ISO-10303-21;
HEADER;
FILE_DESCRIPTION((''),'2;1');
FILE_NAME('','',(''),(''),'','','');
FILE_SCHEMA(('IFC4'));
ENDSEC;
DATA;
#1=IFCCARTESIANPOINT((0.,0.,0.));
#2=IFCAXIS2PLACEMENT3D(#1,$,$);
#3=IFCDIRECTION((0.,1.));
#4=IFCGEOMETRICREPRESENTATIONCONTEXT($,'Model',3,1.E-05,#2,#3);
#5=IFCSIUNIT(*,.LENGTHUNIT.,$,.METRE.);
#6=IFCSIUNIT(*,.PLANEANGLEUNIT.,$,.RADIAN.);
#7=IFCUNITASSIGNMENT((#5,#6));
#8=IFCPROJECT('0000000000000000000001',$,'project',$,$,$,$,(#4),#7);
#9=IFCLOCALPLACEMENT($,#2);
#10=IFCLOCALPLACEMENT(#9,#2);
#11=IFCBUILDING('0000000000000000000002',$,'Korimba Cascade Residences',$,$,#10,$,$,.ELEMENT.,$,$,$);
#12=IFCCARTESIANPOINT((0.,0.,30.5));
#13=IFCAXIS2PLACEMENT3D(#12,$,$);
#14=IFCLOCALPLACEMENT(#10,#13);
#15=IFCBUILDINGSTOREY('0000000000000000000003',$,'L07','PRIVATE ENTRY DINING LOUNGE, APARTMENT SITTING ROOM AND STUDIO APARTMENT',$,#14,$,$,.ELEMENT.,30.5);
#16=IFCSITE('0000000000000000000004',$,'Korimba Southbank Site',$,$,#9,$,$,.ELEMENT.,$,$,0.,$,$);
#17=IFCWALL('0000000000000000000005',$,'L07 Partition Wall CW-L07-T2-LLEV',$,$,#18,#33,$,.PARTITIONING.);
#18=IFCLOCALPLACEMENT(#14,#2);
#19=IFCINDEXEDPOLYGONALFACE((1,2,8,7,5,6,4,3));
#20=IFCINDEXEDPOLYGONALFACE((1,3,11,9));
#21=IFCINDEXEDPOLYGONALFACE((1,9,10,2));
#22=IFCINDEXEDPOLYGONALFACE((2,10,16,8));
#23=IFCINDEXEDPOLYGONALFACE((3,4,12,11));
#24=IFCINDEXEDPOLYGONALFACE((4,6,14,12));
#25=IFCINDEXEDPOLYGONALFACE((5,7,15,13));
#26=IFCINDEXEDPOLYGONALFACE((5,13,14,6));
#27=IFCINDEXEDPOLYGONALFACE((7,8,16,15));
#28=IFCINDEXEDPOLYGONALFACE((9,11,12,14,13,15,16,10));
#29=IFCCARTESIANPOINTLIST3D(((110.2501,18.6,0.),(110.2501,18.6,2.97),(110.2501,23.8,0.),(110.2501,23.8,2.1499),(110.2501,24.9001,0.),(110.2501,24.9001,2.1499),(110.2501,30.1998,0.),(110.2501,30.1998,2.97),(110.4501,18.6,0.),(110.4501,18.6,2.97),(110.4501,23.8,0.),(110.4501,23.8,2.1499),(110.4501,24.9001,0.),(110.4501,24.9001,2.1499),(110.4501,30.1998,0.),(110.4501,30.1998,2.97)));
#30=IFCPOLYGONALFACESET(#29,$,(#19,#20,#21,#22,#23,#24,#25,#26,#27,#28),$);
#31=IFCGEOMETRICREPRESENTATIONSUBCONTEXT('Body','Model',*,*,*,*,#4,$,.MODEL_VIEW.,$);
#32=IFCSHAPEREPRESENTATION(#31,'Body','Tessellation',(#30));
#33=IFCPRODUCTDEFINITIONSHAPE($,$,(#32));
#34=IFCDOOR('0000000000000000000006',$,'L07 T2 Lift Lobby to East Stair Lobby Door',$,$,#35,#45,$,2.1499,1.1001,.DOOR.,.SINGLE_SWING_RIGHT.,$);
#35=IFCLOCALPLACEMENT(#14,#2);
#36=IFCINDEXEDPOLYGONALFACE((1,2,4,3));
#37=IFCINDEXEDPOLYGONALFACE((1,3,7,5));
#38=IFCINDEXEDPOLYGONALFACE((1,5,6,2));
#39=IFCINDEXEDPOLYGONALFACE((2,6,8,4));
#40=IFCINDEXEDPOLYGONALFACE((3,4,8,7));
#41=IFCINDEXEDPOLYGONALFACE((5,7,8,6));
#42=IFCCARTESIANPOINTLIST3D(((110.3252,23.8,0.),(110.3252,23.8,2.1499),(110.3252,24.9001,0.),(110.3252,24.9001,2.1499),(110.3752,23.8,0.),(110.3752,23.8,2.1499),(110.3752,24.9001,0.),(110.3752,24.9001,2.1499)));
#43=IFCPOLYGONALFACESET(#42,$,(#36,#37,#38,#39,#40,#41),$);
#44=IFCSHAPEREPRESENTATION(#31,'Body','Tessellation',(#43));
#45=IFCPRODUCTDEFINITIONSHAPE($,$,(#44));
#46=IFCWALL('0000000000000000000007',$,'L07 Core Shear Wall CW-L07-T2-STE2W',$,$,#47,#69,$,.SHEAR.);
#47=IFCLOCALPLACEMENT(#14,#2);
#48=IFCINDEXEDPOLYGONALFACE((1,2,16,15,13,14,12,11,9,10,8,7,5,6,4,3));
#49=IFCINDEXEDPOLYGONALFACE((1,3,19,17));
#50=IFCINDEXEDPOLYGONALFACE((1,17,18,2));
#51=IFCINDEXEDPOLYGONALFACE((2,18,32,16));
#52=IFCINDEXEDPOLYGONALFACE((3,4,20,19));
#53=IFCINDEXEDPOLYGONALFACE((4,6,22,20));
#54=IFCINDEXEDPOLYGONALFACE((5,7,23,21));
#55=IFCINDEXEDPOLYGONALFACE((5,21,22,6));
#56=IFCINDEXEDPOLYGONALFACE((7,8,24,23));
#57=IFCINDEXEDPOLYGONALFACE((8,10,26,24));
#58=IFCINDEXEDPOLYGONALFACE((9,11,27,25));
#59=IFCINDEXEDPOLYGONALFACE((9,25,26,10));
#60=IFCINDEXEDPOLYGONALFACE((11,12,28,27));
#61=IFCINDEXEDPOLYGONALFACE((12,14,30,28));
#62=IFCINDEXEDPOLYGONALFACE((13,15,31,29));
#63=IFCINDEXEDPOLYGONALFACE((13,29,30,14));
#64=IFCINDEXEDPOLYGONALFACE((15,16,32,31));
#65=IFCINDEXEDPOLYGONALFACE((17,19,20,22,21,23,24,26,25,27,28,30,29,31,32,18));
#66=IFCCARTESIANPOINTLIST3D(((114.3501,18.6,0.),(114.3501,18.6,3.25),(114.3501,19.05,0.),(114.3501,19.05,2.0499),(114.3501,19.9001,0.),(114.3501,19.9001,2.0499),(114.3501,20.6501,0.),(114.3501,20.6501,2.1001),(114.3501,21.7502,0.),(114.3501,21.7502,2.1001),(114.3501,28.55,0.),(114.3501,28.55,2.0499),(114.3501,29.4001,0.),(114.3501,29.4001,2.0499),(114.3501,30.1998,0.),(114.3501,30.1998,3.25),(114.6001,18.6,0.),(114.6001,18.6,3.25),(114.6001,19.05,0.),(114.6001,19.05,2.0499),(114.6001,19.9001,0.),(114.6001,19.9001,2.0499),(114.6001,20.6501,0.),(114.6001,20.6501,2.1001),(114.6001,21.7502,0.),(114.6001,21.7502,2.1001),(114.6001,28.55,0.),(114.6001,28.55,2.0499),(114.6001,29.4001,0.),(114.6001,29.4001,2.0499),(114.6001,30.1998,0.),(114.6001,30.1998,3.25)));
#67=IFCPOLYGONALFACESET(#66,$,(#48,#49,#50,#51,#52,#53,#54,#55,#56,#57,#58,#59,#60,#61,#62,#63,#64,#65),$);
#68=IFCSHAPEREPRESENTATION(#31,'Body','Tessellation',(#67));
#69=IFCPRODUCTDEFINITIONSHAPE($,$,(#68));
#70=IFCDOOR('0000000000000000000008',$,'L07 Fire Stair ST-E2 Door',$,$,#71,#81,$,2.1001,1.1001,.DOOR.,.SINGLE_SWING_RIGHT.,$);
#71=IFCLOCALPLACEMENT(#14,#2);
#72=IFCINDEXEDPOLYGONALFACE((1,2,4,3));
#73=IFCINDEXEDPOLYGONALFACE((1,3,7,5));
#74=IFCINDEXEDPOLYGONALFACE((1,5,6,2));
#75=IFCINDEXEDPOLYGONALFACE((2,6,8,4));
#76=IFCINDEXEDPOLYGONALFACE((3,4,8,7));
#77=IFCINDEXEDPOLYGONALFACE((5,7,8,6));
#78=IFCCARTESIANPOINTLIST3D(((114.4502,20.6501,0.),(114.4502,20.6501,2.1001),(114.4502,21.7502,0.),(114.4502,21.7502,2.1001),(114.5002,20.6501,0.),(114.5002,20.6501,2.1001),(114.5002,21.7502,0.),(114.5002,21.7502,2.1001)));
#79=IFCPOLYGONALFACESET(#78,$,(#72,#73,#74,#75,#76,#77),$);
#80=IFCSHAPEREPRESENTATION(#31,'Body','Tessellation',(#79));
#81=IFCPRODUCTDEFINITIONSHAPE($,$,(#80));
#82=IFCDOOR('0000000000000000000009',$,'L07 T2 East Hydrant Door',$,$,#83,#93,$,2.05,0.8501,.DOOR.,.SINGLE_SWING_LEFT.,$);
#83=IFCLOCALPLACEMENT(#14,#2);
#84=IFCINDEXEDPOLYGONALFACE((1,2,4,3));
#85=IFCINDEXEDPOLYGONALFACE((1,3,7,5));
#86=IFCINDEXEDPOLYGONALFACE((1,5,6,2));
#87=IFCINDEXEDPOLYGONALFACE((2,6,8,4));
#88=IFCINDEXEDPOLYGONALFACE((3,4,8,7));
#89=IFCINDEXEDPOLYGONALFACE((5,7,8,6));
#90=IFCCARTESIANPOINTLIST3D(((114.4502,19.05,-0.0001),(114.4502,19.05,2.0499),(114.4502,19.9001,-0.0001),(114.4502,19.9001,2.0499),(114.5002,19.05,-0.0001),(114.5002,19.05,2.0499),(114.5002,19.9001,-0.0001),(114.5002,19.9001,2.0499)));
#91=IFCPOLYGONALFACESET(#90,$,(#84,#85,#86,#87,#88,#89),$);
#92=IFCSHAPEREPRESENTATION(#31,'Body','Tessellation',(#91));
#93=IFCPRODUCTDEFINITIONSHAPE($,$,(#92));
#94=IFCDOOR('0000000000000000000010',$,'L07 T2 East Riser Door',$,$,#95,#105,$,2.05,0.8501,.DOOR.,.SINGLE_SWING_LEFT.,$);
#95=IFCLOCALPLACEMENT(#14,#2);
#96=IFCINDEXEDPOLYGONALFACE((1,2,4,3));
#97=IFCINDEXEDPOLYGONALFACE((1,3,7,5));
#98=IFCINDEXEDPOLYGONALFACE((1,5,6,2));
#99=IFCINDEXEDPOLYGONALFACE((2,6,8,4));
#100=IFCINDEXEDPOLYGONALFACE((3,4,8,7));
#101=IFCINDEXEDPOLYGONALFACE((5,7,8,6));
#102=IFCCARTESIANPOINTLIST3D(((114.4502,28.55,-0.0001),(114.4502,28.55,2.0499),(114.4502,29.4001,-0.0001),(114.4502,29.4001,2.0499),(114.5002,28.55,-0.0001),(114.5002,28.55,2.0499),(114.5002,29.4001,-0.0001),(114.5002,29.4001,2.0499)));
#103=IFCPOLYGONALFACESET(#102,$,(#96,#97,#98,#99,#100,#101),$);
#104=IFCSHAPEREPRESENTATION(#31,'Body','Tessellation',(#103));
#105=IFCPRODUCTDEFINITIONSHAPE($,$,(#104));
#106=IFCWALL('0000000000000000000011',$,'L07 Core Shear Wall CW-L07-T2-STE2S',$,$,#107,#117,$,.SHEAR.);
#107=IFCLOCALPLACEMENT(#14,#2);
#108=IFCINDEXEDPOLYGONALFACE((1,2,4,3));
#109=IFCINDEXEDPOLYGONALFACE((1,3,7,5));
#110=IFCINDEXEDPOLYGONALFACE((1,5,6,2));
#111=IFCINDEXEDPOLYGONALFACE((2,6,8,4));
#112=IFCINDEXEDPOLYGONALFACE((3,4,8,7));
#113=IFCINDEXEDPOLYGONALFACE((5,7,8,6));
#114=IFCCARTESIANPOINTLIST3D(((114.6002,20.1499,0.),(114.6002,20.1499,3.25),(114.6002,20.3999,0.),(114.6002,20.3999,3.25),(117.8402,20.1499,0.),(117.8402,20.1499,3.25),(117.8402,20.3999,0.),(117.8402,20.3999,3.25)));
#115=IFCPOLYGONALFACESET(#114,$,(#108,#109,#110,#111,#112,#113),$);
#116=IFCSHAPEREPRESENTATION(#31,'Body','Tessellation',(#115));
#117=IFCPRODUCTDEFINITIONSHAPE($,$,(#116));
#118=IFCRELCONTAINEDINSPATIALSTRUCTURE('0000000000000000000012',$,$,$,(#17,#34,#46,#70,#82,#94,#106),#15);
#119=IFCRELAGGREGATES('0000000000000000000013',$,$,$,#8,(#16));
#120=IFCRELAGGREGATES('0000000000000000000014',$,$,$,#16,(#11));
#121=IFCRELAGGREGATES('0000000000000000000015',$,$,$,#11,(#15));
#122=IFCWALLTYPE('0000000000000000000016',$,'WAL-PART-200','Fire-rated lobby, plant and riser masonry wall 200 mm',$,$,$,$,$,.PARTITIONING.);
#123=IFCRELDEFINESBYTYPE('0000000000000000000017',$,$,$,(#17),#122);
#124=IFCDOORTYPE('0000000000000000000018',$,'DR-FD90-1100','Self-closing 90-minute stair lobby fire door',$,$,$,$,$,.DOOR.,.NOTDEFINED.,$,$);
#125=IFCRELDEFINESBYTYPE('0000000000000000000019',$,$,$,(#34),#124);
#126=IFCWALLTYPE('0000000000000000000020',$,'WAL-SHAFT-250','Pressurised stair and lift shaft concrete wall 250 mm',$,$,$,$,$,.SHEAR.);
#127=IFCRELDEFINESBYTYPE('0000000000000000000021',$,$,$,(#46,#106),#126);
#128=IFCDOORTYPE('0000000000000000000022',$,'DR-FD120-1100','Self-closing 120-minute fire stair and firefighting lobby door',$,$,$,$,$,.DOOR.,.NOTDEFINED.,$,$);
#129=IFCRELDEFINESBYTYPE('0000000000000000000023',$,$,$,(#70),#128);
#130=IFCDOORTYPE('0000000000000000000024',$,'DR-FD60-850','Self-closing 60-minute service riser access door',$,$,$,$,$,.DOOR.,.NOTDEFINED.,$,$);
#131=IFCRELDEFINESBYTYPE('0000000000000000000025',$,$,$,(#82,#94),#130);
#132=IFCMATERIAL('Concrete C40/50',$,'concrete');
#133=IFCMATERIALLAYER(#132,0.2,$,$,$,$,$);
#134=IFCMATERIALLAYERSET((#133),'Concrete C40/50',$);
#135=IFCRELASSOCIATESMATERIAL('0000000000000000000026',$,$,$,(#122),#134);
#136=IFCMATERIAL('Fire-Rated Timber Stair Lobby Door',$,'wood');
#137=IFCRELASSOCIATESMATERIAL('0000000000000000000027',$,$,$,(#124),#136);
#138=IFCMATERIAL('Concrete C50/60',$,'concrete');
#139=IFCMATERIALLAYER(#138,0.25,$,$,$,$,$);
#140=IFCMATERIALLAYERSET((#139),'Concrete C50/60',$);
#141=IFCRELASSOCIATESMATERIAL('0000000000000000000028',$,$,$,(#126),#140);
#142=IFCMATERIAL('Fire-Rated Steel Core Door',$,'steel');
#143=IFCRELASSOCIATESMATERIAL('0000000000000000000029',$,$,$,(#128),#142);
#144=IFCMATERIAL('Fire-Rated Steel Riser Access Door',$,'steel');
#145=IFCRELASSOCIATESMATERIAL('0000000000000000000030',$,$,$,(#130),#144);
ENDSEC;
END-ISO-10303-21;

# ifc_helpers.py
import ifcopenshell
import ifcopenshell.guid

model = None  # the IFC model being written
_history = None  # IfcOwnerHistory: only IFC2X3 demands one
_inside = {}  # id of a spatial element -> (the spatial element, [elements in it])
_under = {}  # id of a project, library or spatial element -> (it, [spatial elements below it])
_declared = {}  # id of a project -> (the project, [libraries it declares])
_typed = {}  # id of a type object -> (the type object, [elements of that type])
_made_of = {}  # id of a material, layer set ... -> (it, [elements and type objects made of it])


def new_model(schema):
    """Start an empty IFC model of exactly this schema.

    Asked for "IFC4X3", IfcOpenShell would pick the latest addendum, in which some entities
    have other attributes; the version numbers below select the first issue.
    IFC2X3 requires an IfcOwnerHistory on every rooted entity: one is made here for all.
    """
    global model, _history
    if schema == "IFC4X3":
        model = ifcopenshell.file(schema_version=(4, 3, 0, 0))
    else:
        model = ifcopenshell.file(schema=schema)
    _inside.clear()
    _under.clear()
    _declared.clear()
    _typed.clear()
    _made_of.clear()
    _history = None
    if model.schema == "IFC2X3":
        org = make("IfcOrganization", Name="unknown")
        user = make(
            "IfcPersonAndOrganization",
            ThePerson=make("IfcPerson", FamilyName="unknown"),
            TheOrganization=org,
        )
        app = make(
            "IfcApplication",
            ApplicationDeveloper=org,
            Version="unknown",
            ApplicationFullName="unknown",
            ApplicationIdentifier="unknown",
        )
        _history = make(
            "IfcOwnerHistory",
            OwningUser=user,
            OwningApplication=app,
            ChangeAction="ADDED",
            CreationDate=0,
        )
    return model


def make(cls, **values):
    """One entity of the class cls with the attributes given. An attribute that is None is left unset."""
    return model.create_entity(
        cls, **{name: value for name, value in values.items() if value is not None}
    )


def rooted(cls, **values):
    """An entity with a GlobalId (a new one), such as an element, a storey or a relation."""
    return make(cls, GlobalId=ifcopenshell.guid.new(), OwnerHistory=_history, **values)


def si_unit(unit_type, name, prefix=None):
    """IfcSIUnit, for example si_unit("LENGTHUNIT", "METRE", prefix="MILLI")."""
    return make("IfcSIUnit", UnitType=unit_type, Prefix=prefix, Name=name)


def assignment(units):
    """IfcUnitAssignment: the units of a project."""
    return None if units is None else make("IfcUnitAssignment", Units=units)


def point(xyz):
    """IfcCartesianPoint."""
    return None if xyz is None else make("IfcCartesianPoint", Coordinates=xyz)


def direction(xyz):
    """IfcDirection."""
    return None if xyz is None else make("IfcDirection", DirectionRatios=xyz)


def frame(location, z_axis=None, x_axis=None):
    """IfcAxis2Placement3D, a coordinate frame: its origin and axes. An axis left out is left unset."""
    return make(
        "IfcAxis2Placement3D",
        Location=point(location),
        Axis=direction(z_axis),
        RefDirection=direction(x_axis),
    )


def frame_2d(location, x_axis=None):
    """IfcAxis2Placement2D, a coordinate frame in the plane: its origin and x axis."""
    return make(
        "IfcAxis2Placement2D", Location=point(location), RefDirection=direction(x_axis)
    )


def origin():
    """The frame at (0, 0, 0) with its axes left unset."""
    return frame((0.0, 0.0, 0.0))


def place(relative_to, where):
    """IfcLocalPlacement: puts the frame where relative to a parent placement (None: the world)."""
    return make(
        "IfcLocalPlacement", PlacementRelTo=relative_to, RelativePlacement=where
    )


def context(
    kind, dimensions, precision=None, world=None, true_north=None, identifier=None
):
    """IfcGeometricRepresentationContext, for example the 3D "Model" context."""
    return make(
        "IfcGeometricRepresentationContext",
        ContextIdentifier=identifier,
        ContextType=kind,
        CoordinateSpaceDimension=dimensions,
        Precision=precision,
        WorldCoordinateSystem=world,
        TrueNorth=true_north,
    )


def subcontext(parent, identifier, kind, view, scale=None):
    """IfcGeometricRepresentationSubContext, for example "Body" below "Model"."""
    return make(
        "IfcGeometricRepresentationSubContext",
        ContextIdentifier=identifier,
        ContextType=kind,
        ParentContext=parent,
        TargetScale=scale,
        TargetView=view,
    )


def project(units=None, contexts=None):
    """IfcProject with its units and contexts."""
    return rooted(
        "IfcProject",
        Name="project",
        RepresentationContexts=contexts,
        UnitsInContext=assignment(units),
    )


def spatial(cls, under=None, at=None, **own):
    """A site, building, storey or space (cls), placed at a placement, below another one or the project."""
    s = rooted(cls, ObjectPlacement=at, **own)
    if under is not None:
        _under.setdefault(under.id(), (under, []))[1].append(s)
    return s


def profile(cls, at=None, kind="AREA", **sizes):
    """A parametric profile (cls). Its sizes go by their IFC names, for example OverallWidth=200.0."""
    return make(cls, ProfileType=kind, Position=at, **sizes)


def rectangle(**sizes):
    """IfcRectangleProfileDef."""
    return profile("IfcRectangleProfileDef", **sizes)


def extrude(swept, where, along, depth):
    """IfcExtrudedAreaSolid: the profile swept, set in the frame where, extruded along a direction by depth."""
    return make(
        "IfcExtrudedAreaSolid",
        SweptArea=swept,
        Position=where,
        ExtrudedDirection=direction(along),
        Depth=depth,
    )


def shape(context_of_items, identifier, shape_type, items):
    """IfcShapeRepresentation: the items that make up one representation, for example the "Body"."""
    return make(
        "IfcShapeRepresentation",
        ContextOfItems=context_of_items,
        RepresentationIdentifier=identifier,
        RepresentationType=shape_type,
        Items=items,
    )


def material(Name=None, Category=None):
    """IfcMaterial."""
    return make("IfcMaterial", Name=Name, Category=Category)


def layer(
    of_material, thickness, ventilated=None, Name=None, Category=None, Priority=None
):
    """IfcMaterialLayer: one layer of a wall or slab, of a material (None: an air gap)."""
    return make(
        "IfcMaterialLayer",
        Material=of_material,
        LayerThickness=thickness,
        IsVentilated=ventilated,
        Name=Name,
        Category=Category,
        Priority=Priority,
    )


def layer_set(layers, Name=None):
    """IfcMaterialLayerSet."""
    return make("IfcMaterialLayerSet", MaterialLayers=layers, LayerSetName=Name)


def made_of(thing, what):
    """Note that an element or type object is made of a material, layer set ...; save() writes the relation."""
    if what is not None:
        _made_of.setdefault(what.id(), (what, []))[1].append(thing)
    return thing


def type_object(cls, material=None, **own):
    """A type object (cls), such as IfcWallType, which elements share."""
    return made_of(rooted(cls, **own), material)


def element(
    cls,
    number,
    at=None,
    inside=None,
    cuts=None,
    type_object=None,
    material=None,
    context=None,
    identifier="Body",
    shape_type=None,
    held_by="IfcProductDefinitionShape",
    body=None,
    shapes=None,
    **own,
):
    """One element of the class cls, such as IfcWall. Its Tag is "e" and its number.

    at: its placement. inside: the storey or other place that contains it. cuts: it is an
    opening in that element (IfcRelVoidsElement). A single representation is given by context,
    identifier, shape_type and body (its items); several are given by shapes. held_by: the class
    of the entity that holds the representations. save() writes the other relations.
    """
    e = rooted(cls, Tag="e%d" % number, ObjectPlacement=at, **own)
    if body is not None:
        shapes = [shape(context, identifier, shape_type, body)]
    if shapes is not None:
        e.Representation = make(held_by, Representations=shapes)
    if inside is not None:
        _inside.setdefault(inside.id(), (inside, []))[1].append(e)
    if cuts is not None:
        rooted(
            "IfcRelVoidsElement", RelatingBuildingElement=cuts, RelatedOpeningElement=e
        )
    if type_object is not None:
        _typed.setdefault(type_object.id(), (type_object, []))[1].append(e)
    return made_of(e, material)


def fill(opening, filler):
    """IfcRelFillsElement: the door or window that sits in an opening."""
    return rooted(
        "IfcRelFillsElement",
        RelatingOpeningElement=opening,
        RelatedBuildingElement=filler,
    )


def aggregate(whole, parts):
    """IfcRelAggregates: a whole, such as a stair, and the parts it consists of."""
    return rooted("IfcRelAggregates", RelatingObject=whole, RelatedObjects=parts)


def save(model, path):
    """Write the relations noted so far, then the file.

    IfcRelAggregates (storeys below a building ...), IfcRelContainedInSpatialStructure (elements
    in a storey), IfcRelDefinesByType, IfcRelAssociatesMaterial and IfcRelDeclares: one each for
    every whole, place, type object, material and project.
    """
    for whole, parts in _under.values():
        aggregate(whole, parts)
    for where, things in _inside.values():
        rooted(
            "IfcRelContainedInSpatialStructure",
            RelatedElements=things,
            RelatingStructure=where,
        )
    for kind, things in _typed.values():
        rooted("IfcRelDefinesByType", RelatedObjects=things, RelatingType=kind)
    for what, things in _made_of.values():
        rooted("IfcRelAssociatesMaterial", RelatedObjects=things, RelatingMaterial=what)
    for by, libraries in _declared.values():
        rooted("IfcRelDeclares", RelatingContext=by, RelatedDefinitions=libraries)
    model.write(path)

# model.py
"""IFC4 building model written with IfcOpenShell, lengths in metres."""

from ifc_helpers import new_model, si_unit, direction, frame, frame_2d, origin, place, context, subcontext, project, spatial, rectangle, extrude, material, layer, layer_set, type_object, element, fill, save


model = new_model("IFC4")

# Units and contexts
model_context = context("Model", 3, precision=1e-05, world=origin(), true_north=direction((0.0, 1.0)))
body_context = subcontext(model_context, "Body", "Model", "MODEL_VIEW")
ifc_project = project(units=[si_unit("LENGTHUNIT", "METRE"), si_unit("PLANEANGLEUNIT", "RADIAN")], contexts=[model_context])

# Site, building, storey
site_placement = place(None, origin())
site = spatial("IfcSite", under=ifc_project, at=site_placement, Name="Korimba Southbank Site", CompositionType="ELEMENT", RefElevation=0.0)
building_placement = place(site_placement, origin())
building = spatial("IfcBuilding", under=site, at=building_placement, Name="Korimba Cascade Residences", CompositionType="ELEMENT")
storey_placement = place(building_placement, frame((0.0, 0.0, 30.5)))
storey = spatial("IfcBuildingStorey", under=building, at=storey_placement, Name="L07", Description="PRIVATE ENTRY DINING LOUNGE, APARTMENT SITTING ROOM AND STUDIO APARTMENT", CompositionType="ELEMENT", Elevation=30.5)

# Shared definitions
ifc_material_1 = material(Name="Concrete C50/60", Category="concrete")

# Wall, opening, door
ifc_material_2 = material(Name="Concrete C40/50", Category="concrete")
ifc_layer_1 = layer(ifc_material_2, 0.2)
ifc_layer_set_1 = layer_set([ifc_layer_1], Name="Concrete C40/50")
wall_type_1 = type_object("IfcWallType", Name="WAL-PART-200", Description="Fire-rated lobby, plant and riser masonry wall 200 mm", PredefinedType="PARTITIONING", material=ifc_layer_set_1)
wall_1_placement = place(storey_placement, frame((110.3501, 18.6001, 0.0), z_axis=(0.0, 0.0, 1.0), x_axis=(0.0, 1.0, 0.0)))
wall_1 = element("IfcWall", 1, at=wall_1_placement, inside=storey, type_object=wall_type_1, Name="L07 Partition Wall CW-L07-T2-LLEV", PredefinedType="PARTITIONING", context=body_context, shape_type="SweptSolid", body=[
    extrude(rectangle(XDim=11.5999, YDim=0.2, at=frame_2d((5.7998, 0.0))), origin(), (0.0, 0.0, 1.0), 2.97),
])
opening_1_placement = place(wall_1_placement, frame((5.2, 0.0, 0.0)))
opening_1 = element("IfcOpeningElement", 2, at=opening_1_placement, cuts=wall_1, PredefinedType="OPENING", context=body_context, shape_type="SweptSolid", body=[
    extrude(rectangle(XDim=1.1001, YDim=2.1499, at=frame_2d((0.55, 1.075))), frame((0.0, 0.1099, 0.0), z_axis=(0.0, -1.0, 0.0), x_axis=(1.0, 0.0, 0.0)), (0.0, 0.0, 1.0), 0.22),
])
ifc_material_3 = material(Name="Fire-Rated Timber Stair Lobby Door", Category="wood")
door_type_1 = type_object("IfcDoorType", Name="DR-FD90-1100", Description="Self-closing 90-minute stair lobby fire door", OperationType="NOTDEFINED", PredefinedType="DOOR", material=ifc_material_3)
door_1_placement = place(opening_1_placement, origin())
door_1 = element("IfcDoor", 3, at=door_1_placement, inside=storey, type_object=door_type_1, Name="L07 T2 Lift Lobby to East Stair Lobby Door", OperationType="SINGLE_SWING_RIGHT", OverallHeight=2.1499, OverallWidth=1.1001, PredefinedType="DOOR", context=body_context, shape_type="SweptSolid", body=[
    extrude(rectangle(XDim=1.1001, YDim=2.1499, at=frame_2d((0.55, 1.075))), frame((0.0, 0.0249, 0.0), z_axis=(0.0, -1.0, 0.0), x_axis=(1.0, 0.0, 0.0)), (0.0, 0.0, 1.0), 0.05),
])
fill(opening_1, door_1)

# Wall, openings, doors
ifc_layer_2 = layer(ifc_material_1, 0.25)
ifc_layer_set_2 = layer_set([ifc_layer_2], Name="Concrete C50/60")
wall_type_2 = type_object("IfcWallType", Name="WAL-SHAFT-250", Description="Pressurised stair and lift shaft concrete wall 250 mm", PredefinedType="SHEAR", material=ifc_layer_set_2)
wall_2_placement = place(storey_placement, frame((114.4751, 18.6001, 0.0), z_axis=(0.0, 0.0, 1.0), x_axis=(0.0, 1.0, 0.0)))
wall_2 = element("IfcWall", 4, at=wall_2_placement, inside=storey, type_object=wall_type_2, Name="L07 Core Shear Wall CW-L07-T2-STE2W", PredefinedType="SHEAR", context=body_context, shape_type="SweptSolid", body=[
    extrude(rectangle(XDim=11.5999, YDim=0.25, at=frame_2d((5.7998, 0.0))), origin(), (0.0, 0.0, 1.0), 3.25),
])
opening_2_placement = place(wall_2_placement, frame((0.45, 0.0, 0.0)))
opening_2 = element("IfcOpeningElement", 5, at=opening_2_placement, cuts=wall_2, PredefinedType="OPENING", context=body_context, shape_type="SweptSolid", body=[
    extrude(rectangle(XDim=0.8501, YDim=2.05, at=frame_2d((0.425, 1.0249))), frame((0.0, 0.135, 0.0), z_axis=(0.0, -1.0, 0.0), x_axis=(1.0, 0.0, 0.0)), (0.0, 0.0, 1.0), 0.27),
])
opening_3_placement = place(wall_2_placement, frame((2.05, 0.0, 0.0)))
opening_3 = element("IfcOpeningElement", 6, at=opening_3_placement, cuts=wall_2, PredefinedType="OPENING", context=body_context, shape_type="SweptSolid", body=[
    extrude(rectangle(XDim=1.1001, YDim=2.1001, at=frame_2d((0.55, 1.05))), frame((0.0, 0.135, 0.0), z_axis=(0.0, -1.0, 0.0), x_axis=(1.0, 0.0, 0.0)), (0.0, 0.0, 1.0), 0.27),
])
opening_4_placement = place(wall_2_placement, frame((9.95, 0.0, 0.0)))
opening_4 = element("IfcOpeningElement", 7, at=opening_4_placement, cuts=wall_2, PredefinedType="OPENING", context=body_context, shape_type="SweptSolid", body=[
    extrude(rectangle(XDim=0.8501, YDim=2.05, at=frame_2d((0.425, 1.0249))), frame((0.0, 0.135, 0.0), z_axis=(0.0, -1.0, 0.0), x_axis=(1.0, 0.0, 0.0)), (0.0, 0.0, 1.0), 0.27),
])
ifc_material_4 = material(Name="Fire-Rated Steel Core Door", Category="steel")
door_type_2 = type_object("IfcDoorType", Name="DR-FD120-1100", Description="Self-closing 120-minute fire stair and firefighting lobby door", OperationType="NOTDEFINED", PredefinedType="DOOR", material=ifc_material_4)
door_2_placement = place(opening_3_placement, origin())
door_2 = element("IfcDoor", 8, at=door_2_placement, inside=storey, type_object=door_type_2, Name="L07 Fire Stair ST-E2 Door", OperationType="SINGLE_SWING_RIGHT", OverallHeight=2.1001, OverallWidth=1.1001, PredefinedType="DOOR", context=body_context, shape_type="SweptSolid", body=[
    extrude(rectangle(XDim=1.1001, YDim=2.1001, at=frame_2d((0.55, 1.05))), frame((0.0, 0.0249, 0.0), z_axis=(0.0, -1.0, 0.0), x_axis=(1.0, 0.0, 0.0)), (0.0, 0.0, 1.0), 0.05),
])
fill(opening_3, door_2)
ifc_material_5 = material(Name="Fire-Rated Steel Riser Access Door", Category="steel")
door_type_3 = type_object("IfcDoorType", Name="DR-FD60-850", Description="Self-closing 60-minute service riser access door", OperationType="NOTDEFINED", PredefinedType="DOOR", material=ifc_material_5)
door_3_placement = place(opening_2_placement, origin())
door_3 = element("IfcDoor", 9, at=door_3_placement, inside=storey, type_object=door_type_3, Name="L07 T2 East Hydrant Door", OperationType="SINGLE_SWING_LEFT", OverallHeight=2.05, OverallWidth=0.8501, PredefinedType="DOOR", context=body_context, shape_type="SweptSolid", body=[
    extrude(rectangle(XDim=0.8501, YDim=2.05, at=frame_2d((0.425, 1.0249))), frame((0.0, 0.0249, 0.0), z_axis=(0.0, -1.0, 0.0), x_axis=(1.0, 0.0, 0.0)), (0.0, 0.0, 1.0), 0.05),
])
fill(opening_2, door_3)
door_4_placement = place(opening_4_placement, origin())
door_4 = element("IfcDoor", 10, at=door_4_placement, inside=storey, type_object=door_type_3, Name="L07 T2 East Riser Door", OperationType="SINGLE_SWING_LEFT", OverallHeight=2.05, OverallWidth=0.8501, PredefinedType="DOOR", context=body_context, shape_type="SweptSolid", body=[
    extrude(rectangle(XDim=0.8501, YDim=2.05, at=frame_2d((0.425, 1.0249))), frame((0.0, 0.0249, 0.0), z_axis=(0.0, -1.0, 0.0), x_axis=(1.0, 0.0, 0.0)), (0.0, 0.0, 1.0), 0.05),
])
fill(opening_4, door_4)

# Wall
wall_3_placement = place(storey_placement, frame((114.6001, 20.2749, 0.0), z_axis=(0.0, 0.0, 1.0), x_axis=(1.0, 0.0, 0.0)))
element("IfcWall", 11, at=wall_3_placement, inside=storey, type_object=wall_type_2, Name="L07 Core Shear Wall CW-L07-T2-STE2S", PredefinedType="SHEAR", context=body_context, shape_type="SweptSolid", body=[
    extrude(rectangle(XDim=3.24, YDim=0.25, at=frame_2d((1.6201, 0.0))), origin(), (0.0, 0.0, 1.0), 3.25),
])

save(model, "model.ifc")
